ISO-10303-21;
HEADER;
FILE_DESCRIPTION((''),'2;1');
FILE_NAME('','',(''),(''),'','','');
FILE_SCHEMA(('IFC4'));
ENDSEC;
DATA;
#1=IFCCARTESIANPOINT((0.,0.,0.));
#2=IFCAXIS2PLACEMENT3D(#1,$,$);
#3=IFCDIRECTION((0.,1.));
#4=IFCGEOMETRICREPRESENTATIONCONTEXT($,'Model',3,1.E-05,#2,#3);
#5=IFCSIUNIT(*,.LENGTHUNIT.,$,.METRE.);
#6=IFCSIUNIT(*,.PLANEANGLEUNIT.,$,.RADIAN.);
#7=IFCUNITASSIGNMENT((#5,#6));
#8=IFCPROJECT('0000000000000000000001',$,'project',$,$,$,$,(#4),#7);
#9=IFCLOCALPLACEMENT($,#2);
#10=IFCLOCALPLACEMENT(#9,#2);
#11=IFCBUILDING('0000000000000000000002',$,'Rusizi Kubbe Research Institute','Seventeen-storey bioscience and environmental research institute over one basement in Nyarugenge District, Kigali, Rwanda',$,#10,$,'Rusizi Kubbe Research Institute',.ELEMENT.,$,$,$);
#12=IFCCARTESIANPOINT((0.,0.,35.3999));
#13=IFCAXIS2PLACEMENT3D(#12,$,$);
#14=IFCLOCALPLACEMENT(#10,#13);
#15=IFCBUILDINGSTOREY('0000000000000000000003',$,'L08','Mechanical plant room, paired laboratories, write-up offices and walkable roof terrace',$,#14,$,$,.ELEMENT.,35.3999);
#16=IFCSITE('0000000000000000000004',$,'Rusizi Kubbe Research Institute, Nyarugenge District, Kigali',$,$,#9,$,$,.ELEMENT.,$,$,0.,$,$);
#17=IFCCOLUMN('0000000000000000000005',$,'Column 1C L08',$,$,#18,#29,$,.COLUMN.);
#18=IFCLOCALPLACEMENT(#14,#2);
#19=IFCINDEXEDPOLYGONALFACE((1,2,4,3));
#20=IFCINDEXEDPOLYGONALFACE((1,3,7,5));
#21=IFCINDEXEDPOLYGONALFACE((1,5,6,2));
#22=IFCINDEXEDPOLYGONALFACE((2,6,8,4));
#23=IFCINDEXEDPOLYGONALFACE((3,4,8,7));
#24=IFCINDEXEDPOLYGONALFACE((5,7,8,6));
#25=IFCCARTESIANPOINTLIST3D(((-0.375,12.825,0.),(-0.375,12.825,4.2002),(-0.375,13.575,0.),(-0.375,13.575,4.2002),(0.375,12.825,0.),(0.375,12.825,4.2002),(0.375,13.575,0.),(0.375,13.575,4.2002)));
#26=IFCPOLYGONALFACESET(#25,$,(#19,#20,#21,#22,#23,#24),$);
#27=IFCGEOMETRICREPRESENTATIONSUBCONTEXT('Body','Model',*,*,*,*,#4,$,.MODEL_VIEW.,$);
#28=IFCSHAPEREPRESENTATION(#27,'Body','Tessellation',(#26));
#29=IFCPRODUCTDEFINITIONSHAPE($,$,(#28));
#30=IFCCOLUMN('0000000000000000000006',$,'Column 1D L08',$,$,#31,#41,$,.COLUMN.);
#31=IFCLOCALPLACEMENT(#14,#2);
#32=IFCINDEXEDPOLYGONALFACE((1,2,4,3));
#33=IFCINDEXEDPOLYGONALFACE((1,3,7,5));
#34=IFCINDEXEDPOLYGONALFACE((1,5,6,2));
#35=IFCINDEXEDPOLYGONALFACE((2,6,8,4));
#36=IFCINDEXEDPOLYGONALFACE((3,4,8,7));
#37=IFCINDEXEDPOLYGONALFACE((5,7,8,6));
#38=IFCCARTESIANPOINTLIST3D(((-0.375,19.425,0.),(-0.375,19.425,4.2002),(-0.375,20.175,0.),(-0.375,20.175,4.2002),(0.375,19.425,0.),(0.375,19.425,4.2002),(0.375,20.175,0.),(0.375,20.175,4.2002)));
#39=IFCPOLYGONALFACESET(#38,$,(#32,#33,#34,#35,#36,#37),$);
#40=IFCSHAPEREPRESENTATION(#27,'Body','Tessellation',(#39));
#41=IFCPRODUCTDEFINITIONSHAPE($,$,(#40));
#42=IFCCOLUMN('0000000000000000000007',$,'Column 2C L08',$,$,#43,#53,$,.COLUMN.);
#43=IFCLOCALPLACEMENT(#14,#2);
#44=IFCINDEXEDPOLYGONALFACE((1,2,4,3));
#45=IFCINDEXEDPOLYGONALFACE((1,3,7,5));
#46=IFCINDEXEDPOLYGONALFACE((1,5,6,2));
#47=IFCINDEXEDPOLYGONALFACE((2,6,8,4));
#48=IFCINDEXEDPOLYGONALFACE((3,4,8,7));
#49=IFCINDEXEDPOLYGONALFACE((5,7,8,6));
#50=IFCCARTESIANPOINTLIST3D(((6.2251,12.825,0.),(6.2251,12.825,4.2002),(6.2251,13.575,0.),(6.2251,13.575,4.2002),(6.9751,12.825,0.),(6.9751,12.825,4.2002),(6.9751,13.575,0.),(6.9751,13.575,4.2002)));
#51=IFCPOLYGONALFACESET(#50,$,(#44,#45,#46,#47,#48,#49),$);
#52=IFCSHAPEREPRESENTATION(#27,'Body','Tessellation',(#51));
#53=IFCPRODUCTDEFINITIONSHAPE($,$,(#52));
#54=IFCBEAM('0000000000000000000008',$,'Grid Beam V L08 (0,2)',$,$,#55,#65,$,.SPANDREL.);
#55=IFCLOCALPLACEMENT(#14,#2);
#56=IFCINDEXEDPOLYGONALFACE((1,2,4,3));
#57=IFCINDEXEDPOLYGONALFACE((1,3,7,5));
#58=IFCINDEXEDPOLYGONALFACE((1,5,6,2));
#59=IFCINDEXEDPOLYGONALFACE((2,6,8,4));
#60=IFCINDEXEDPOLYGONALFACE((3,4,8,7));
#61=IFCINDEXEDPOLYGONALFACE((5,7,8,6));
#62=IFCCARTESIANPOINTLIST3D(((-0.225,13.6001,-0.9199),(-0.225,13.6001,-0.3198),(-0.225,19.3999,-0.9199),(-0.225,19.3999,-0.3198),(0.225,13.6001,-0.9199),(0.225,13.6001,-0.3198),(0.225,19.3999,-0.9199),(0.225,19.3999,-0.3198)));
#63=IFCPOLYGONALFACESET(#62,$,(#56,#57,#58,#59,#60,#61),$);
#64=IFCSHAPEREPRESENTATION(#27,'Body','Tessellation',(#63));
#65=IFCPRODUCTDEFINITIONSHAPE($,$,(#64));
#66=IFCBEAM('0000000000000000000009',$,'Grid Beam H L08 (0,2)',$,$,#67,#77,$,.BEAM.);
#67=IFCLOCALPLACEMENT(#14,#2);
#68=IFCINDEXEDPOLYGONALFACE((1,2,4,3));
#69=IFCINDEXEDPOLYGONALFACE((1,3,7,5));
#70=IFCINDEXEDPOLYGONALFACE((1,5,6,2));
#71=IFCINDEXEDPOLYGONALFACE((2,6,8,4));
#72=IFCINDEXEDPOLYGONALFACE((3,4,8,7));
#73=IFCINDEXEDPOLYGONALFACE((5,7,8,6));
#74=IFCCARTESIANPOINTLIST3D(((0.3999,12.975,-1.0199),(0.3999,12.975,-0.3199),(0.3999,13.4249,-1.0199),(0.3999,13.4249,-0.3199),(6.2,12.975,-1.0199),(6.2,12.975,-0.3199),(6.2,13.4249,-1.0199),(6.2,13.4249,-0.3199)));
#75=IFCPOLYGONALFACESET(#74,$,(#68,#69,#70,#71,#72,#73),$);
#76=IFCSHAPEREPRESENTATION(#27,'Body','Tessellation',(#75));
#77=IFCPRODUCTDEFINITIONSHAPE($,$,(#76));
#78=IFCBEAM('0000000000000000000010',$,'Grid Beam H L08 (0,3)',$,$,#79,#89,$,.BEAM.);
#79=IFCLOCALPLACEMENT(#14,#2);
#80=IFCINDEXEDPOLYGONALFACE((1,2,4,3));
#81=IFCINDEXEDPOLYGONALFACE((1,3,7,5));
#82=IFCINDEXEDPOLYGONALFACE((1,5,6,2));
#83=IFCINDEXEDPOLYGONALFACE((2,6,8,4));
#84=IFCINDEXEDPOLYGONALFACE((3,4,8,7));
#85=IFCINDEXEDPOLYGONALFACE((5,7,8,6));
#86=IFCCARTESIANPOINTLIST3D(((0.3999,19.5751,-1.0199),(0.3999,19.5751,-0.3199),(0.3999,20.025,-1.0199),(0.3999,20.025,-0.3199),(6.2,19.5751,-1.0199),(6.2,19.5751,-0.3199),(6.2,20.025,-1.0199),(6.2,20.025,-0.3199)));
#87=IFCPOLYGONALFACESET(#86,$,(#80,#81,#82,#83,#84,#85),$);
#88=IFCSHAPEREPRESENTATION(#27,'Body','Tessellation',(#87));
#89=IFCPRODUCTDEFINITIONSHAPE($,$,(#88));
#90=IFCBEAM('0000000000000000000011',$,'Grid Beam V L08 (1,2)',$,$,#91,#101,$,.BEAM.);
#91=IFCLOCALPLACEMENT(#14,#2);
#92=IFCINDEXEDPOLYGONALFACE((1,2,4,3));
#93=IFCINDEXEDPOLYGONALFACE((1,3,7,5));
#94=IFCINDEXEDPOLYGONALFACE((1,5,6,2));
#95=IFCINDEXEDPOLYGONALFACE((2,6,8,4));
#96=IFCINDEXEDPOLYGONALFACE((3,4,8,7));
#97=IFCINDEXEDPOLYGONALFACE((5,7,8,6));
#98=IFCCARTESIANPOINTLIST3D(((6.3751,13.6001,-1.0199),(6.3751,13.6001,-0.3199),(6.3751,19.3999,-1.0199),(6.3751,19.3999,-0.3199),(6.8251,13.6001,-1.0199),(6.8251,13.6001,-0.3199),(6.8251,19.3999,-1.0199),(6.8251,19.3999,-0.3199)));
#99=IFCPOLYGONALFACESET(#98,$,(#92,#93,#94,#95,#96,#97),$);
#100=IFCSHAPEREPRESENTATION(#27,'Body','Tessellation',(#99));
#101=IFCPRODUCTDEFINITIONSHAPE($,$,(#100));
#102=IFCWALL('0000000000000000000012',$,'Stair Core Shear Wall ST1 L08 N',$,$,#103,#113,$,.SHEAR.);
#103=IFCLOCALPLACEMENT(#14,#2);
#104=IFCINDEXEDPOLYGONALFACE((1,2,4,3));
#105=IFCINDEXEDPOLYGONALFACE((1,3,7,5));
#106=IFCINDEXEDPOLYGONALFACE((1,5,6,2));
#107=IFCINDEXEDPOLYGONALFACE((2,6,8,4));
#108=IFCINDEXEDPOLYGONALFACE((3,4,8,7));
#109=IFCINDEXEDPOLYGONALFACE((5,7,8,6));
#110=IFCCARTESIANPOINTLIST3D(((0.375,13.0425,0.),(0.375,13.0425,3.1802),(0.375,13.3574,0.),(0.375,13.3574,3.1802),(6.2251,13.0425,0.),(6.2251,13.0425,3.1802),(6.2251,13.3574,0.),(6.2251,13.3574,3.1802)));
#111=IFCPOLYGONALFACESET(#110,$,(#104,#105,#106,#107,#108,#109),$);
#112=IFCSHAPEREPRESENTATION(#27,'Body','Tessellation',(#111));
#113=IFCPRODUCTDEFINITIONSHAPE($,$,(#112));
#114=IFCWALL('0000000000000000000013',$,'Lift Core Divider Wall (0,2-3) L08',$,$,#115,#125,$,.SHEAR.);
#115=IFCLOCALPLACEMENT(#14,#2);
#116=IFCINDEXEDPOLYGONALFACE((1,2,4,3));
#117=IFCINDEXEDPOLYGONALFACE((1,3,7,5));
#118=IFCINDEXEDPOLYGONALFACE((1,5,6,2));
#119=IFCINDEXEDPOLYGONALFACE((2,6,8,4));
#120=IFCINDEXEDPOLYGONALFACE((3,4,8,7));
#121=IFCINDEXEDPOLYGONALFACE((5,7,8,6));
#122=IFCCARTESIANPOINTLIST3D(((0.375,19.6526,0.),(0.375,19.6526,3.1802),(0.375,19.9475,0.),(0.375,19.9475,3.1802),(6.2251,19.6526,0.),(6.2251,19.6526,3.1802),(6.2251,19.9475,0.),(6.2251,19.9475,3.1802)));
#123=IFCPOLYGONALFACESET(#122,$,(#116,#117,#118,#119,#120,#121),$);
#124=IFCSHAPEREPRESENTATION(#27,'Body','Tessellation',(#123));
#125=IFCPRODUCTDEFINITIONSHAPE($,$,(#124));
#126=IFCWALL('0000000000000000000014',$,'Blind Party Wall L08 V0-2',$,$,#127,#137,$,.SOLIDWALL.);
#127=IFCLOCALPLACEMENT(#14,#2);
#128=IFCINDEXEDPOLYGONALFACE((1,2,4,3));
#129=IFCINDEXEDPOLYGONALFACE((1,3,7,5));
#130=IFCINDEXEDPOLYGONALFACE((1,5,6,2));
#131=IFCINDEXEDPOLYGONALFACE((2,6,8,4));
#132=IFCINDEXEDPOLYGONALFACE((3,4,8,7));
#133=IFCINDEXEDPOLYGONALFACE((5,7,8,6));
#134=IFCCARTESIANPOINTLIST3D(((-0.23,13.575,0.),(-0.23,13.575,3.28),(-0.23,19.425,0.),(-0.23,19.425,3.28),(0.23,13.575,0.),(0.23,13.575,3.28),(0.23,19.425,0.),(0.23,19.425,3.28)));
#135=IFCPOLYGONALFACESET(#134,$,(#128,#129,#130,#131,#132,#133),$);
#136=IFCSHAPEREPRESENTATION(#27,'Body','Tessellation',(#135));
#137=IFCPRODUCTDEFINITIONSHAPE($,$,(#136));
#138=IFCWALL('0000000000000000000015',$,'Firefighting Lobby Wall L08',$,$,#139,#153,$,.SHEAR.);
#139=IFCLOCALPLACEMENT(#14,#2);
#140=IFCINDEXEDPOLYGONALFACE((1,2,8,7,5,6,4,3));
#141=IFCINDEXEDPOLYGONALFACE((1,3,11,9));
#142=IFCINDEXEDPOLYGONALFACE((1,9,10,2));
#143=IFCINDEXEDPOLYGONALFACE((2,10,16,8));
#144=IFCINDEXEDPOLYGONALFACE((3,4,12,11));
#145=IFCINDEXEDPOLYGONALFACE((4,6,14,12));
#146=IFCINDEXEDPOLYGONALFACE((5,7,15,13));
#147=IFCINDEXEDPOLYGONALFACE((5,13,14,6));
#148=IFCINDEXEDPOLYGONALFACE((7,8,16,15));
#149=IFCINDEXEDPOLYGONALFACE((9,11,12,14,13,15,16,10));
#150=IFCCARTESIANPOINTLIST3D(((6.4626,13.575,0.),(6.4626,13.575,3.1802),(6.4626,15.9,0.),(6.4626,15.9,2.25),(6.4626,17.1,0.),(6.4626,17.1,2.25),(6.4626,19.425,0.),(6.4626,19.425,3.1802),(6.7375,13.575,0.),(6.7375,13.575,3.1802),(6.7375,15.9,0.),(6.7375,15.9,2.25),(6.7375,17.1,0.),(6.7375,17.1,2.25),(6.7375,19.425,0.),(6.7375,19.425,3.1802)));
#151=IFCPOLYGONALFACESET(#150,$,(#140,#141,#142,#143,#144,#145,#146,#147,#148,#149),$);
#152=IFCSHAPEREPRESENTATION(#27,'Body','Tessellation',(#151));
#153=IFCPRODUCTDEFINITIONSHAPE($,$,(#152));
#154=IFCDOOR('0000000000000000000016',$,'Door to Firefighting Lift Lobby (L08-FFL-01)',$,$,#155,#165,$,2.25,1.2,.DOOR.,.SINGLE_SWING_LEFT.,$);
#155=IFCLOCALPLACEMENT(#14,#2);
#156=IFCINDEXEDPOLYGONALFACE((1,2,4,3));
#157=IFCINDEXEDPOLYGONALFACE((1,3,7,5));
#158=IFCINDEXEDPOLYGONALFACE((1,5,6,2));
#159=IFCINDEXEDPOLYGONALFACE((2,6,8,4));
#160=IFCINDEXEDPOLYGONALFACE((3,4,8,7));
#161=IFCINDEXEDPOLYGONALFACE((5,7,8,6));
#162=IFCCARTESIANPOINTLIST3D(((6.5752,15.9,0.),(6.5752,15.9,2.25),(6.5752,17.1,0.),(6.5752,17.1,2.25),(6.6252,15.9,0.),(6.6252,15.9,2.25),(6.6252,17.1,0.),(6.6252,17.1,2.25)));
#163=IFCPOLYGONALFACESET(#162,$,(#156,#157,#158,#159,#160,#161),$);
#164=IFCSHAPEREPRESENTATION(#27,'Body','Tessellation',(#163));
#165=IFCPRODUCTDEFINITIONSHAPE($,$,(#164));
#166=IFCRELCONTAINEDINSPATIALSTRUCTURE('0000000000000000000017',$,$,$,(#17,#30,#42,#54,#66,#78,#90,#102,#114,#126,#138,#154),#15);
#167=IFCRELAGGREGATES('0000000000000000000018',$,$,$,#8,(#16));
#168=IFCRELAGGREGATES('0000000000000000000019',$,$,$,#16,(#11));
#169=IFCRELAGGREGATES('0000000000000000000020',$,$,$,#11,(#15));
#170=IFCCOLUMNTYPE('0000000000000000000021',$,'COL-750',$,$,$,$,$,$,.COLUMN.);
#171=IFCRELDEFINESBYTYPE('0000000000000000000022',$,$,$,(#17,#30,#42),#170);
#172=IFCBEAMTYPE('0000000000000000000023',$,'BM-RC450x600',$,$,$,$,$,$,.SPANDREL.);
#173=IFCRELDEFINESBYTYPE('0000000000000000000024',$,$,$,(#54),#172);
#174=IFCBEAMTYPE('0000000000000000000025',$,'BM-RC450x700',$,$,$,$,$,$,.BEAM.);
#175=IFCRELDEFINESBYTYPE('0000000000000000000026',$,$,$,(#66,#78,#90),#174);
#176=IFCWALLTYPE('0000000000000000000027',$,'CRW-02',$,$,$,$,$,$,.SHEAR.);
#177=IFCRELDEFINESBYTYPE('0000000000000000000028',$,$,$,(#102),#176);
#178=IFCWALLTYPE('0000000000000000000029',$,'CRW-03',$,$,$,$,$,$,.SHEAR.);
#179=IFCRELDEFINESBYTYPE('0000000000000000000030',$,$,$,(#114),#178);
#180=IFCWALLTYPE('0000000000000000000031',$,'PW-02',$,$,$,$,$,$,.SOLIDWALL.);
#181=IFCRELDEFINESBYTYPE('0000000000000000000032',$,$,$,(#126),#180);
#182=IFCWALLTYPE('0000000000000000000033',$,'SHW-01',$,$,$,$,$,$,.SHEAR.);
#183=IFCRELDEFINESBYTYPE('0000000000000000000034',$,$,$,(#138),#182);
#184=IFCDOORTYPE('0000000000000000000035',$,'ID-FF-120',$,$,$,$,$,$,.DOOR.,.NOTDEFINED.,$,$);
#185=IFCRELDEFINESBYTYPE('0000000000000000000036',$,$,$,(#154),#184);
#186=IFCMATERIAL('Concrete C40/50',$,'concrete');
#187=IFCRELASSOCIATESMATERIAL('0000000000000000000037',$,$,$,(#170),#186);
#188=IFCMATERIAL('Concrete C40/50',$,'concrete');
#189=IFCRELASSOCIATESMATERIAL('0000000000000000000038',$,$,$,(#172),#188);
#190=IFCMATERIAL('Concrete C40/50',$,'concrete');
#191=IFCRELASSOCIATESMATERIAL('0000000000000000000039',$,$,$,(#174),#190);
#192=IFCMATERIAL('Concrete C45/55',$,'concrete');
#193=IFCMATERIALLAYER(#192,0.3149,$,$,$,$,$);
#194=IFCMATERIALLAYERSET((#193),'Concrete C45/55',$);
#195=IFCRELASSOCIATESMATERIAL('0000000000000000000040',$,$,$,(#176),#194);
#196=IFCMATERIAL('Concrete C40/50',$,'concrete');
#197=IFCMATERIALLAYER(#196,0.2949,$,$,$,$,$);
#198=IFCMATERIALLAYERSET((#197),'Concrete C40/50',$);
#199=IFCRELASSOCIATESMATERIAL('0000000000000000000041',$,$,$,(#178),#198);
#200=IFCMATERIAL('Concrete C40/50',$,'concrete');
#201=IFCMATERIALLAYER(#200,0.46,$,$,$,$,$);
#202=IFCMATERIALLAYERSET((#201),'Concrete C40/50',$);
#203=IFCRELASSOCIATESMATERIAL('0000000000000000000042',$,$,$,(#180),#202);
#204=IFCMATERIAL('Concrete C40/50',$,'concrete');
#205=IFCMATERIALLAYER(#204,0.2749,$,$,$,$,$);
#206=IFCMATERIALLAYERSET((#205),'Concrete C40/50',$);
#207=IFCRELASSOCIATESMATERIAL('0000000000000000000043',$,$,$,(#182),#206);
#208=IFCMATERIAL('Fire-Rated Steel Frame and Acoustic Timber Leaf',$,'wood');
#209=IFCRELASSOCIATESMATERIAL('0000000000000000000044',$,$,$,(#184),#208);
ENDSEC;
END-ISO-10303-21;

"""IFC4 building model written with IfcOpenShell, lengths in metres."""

from ifc_helpers import new_model, si_unit, direction, frame, frame_2d, origin, origin_2d, place, context, subcontext, project, spatial, rectangle, extrude, material, layer, layer_set, material_profile, profile_set, type_object, element, fill, save


model = new_model("IFC4")

# Units and contexts
model_context = context("Model", 3, precision=1e-05, world=origin(), true_north=direction((0.0, 1.0)))
body_context = subcontext(model_context, "Body", "Model", "MODEL_VIEW")
ifc_project = project(units=[si_unit("LENGTHUNIT", "METRE"), si_unit("PLANEANGLEUNIT", "RADIAN")], contexts=[model_context])

# Site, building, storey
site_placement = place(None, origin())
site = spatial("IfcSite", under=ifc_project, at=site_placement, Name="Rusizi Kubbe Research Institute, Nyarugenge District, Kigali", CompositionType="ELEMENT", RefElevation=0.0)
building_placement = place(site_placement, origin())
building = spatial("IfcBuilding", under=site, at=building_placement, Name="Rusizi Kubbe Research Institute", Description="Seventeen-storey bioscience and environmental research institute over one basement in Nyarugenge District, Kigali, Rwanda", LongName="Rusizi Kubbe Research Institute", CompositionType="ELEMENT")
storey_placement = place(building_placement, frame((0.0, 0.0, 35.3999)))
storey = spatial("IfcBuildingStorey", under=building, at=storey_placement, Name="L08", Description="Mechanical plant room, paired laboratories, write-up offices and walkable roof terrace", CompositionType="ELEMENT", Elevation=35.3999)

# Columns
ifc_material_1 = material(Name="Concrete C40/50", Category="concrete")
ifc_material_profile_1 = material_profile(ifc_material_1, rectangle(XDim=0.75, YDim=0.75, at=origin_2d()), Name="RC750x750")
ifc_profile_set_1 = profile_set([ifc_material_profile_1], Name="Concrete C40/50")
column_type = type_object("IfcColumnType", Name="COL-750", PredefinedType="COLUMN", material=ifc_profile_set_1)
for number, where, z_axis, x_axis, name in (
    (1, (0.0, 13.2, 0.0), (0.0, 0.0, 1.0), (1.0, 0.0, 0.0), "Column 1C L08"),
    (2, (0.0, 19.8, 0.0), (0.0, 0.0, 1.0), (1.0, 0.0, 0.0), "Column 1D L08"),
    (3, (6.6001, 13.2, 0.0), (0.0, 0.0, 1.0), (1.0, 0.0, 0.0), "Column 2C L08"),
):
    element("IfcColumn", number, at=place(storey_placement, frame(where, z_axis=z_axis, x_axis=x_axis)), inside=storey, type_object=column_type, Name=name, PredefinedType="COLUMN", context=body_context, shape_type="SweptSolid", body=[
        extrude(rectangle(XDim=0.75, YDim=0.75, at=origin_2d()), origin(), (0.0, 0.0, 1.0), 4.2002),
    ])

# Beams
ifc_material_2 = material(Name="Concrete C40/50", Category="concrete")
ifc_material_profile_2 = material_profile(ifc_material_2, rectangle(XDim=0.45, YDim=0.6001, at=origin_2d()), Name="RC450x600")
ifc_profile_set_2 = profile_set([ifc_material_profile_2], Name="Concrete C40/50")
beam_type_1 = type_object("IfcBeamType", Name="BM-RC450x600", PredefinedType="SPANDREL", material=ifc_profile_set_2)
beam_1_placement = place(storey_placement, frame((0.0, 13.6001, -0.6199), z_axis=(0.0, 1.0, 0.0), x_axis=(-1.0, 0.0, 0.0)))
element("IfcBeam", 4, at=beam_1_placement, inside=storey, type_object=beam_type_1, Name="Grid Beam V L08 (0,2)", PredefinedType="SPANDREL", context=body_context, shape_type="SweptSolid", body=[
    extrude(rectangle(XDim=0.45, YDim=0.6001, at=origin_2d()), origin(), (0.0, 0.0, 1.0), 5.7998),
])
ifc_material_3 = material(Name="Concrete C40/50", Category="concrete")
ifc_material_profile_3 = material_profile(ifc_material_3, rectangle(XDim=0.45, YDim=0.7, at=origin_2d()), Name="RC450x700B")
ifc_profile_set_3 = profile_set([ifc_material_profile_3], Name="Concrete C40/50")
beam_type_2 = type_object("IfcBeamType", Name="BM-RC450x700", PredefinedType="BEAM", material=ifc_profile_set_3)
for number, where, z_axis, x_axis, name in (
    (5, (0.3999, 13.2, -0.6699), (1.0, 0.0, 0.0), (0.0, 1.0, 0.0), "Grid Beam H L08 (0,2)"),
    (6, (0.3999, 19.8, -0.6699), (1.0, 0.0, 0.0), (0.0, 1.0, 0.0), "Grid Beam H L08 (0,3)"),
):
    element("IfcBeam", number, at=place(storey_placement, frame(where, z_axis=z_axis, x_axis=x_axis)), inside=storey, type_object=beam_type_2, Name=name, PredefinedType="BEAM", context=body_context, shape_type="SweptSolid", body=[
        extrude(rectangle(XDim=0.45, YDim=0.7, at=origin_2d()), origin(), (0.0, 0.0, 1.0), 5.8),
    ])
beam_2_placement = place(storey_placement, frame((6.6001, 13.6001, -0.6699), z_axis=(0.0, 1.0, 0.0), x_axis=(-1.0, 0.0, 0.0)))
element("IfcBeam", 7, at=beam_2_placement, inside=storey, type_object=beam_type_2, Name="Grid Beam V L08 (1,2)", PredefinedType="BEAM", context=body_context, shape_type="SweptSolid", body=[
    extrude(rectangle(XDim=0.45, YDim=0.7, at=origin_2d()), origin(), (0.0, 0.0, 1.0), 5.7998),
])

# Walls
ifc_material_4 = material(Name="Concrete C45/55", Category="concrete")
ifc_layer_1 = layer(ifc_material_4, 0.3149)
ifc_layer_set_1 = layer_set([ifc_layer_1], Name="Concrete C45/55")
wall_type_1 = type_object("IfcWallType", Name="CRW-02", PredefinedType="SHEAR", material=ifc_layer_set_1)
wall_1_placement = place(storey_placement, frame((0.375, 13.2, 0.0), z_axis=(0.0, 0.0, 1.0), x_axis=(1.0, 0.0, 0.0)))
element("IfcWall", 8, at=wall_1_placement, inside=storey, type_object=wall_type_1, Name="Stair Core Shear Wall ST1 L08 N", PredefinedType="SHEAR", context=body_context, shape_type="SweptSolid", body=[
    extrude(rectangle(XDim=5.8501, YDim=0.3149, at=frame_2d((2.925, 0.0))), origin(), (0.0, 0.0, 1.0), 3.1802),
])
ifc_material_5 = material(Name="Concrete C40/50", Category="concrete")
ifc_layer_2 = layer(ifc_material_5, 0.2949)
ifc_layer_set_2 = layer_set([ifc_layer_2], Name="Concrete C40/50")
wall_type_2 = type_object("IfcWallType", Name="CRW-03", PredefinedType="SHEAR", material=ifc_layer_set_2)
wall_2_placement = place(storey_placement, frame((0.375, 19.8, 0.0), z_axis=(0.0, 0.0, 1.0), x_axis=(1.0, 0.0, 0.0)))
element("IfcWall", 9, at=wall_2_placement, inside=storey, type_object=wall_type_2, Name="Lift Core Divider Wall (0,2-3) L08", PredefinedType="SHEAR", context=body_context, shape_type="SweptSolid", body=[
    extrude(rectangle(XDim=5.8501, YDim=0.2949, at=frame_2d((2.925, 0.0))), origin(), (0.0, 0.0, 1.0), 3.1802),
])

# Wall
ifc_material_6 = material(Name="Concrete C40/50", Category="concrete")
ifc_layer_3 = layer(ifc_material_6, 0.46)
ifc_layer_set_3 = layer_set([ifc_layer_3], Name="Concrete C40/50")
wall_type_3 = type_object("IfcWallType", Name="PW-02", PredefinedType="SOLIDWALL", material=ifc_layer_set_3)
wall_3_placement = place(storey_placement, frame((0.0, 13.575, 0.0), z_axis=(0.0, 0.0, 1.0), x_axis=(0.0, 1.0, 0.0)))
element("IfcWall", 10, at=wall_3_placement, inside=storey, type_object=wall_type_3, Name="Blind Party Wall L08 V0-2", PredefinedType="SOLIDWALL", context=body_context, shape_type="SweptSolid", body=[
    extrude(rectangle(XDim=5.8501, YDim=0.46, at=frame_2d((2.925, 0.0))), origin(), (0.0, 0.0, 1.0), 3.28),
])

# Wall, opening, door
ifc_material_7 = material(Name="Concrete C40/50", Category="concrete")
ifc_layer_4 = layer(ifc_material_7, 0.2749)
ifc_layer_set_4 = layer_set([ifc_layer_4], Name="Concrete C40/50")
wall_type_4 = type_object("IfcWallType", Name="SHW-01", PredefinedType="SHEAR", material=ifc_layer_set_4)
wall_4_placement = place(storey_placement, frame((6.6001, 13.575, 0.0), z_axis=(0.0, 0.0, 1.0), x_axis=(0.0, 1.0, 0.0)))
wall_4 = element("IfcWall", 11, at=wall_4_placement, inside=storey, type_object=wall_type_4, Name="Firefighting Lobby Wall L08", PredefinedType="SHEAR", context=body_context, shape_type="SweptSolid", body=[
    extrude(rectangle(XDim=5.8501, YDim=0.2749, at=frame_2d((2.925, 0.0))), origin(), (0.0, 0.0, 1.0), 3.1802),
])
opening_1_placement = place(wall_4_placement, frame((2.325, 0.0, 0.0)))
opening_1 = element("IfcOpeningElement", 12, at=opening_1_placement, cuts=wall_4, PredefinedType="OPENING", context=body_context, shape_type="SweptSolid", body=[
    extrude(rectangle(XDim=1.2, YDim=2.25, at=frame_2d((0.6001, 1.125))), frame((0.0, 0.1475, 0.0), z_axis=(0.0, -1.0, 0.0), x_axis=(1.0, 0.0, 0.0)), (0.0, 0.0, 1.0), 0.2949),
])
ifc_material_8 = material(Name="Fire-Rated Steel Frame and Acoustic Timber Leaf", Category="wood")
door_type_1 = type_object("IfcDoorType", Name="ID-FF-120", OperationType="NOTDEFINED", PredefinedType="DOOR", material=ifc_material_8)
door_1_placement = place(opening_1_placement, origin())
door_1 = element("IfcDoor", 13, at=door_1_placement, inside=storey, type_object=door_type_1, Name="Door to Firefighting Lift Lobby (L08-FFL-01)", OperationType="SINGLE_SWING_LEFT", OverallHeight=2.25, OverallWidth=1.2, PredefinedType="DOOR", context=body_context, shape_type="SweptSolid", body=[
    extrude(rectangle(XDim=1.2, YDim=2.25, at=frame_2d((0.6001, 1.125))), frame((0.0, 0.0249, 0.0), z_axis=(0.0, -1.0, 0.0), x_axis=(1.0, 0.0, 0.0)), (0.0, 0.0, 1.0), 0.05),
])
fill(opening_1, door_1)

save(model, "model.ifc")
